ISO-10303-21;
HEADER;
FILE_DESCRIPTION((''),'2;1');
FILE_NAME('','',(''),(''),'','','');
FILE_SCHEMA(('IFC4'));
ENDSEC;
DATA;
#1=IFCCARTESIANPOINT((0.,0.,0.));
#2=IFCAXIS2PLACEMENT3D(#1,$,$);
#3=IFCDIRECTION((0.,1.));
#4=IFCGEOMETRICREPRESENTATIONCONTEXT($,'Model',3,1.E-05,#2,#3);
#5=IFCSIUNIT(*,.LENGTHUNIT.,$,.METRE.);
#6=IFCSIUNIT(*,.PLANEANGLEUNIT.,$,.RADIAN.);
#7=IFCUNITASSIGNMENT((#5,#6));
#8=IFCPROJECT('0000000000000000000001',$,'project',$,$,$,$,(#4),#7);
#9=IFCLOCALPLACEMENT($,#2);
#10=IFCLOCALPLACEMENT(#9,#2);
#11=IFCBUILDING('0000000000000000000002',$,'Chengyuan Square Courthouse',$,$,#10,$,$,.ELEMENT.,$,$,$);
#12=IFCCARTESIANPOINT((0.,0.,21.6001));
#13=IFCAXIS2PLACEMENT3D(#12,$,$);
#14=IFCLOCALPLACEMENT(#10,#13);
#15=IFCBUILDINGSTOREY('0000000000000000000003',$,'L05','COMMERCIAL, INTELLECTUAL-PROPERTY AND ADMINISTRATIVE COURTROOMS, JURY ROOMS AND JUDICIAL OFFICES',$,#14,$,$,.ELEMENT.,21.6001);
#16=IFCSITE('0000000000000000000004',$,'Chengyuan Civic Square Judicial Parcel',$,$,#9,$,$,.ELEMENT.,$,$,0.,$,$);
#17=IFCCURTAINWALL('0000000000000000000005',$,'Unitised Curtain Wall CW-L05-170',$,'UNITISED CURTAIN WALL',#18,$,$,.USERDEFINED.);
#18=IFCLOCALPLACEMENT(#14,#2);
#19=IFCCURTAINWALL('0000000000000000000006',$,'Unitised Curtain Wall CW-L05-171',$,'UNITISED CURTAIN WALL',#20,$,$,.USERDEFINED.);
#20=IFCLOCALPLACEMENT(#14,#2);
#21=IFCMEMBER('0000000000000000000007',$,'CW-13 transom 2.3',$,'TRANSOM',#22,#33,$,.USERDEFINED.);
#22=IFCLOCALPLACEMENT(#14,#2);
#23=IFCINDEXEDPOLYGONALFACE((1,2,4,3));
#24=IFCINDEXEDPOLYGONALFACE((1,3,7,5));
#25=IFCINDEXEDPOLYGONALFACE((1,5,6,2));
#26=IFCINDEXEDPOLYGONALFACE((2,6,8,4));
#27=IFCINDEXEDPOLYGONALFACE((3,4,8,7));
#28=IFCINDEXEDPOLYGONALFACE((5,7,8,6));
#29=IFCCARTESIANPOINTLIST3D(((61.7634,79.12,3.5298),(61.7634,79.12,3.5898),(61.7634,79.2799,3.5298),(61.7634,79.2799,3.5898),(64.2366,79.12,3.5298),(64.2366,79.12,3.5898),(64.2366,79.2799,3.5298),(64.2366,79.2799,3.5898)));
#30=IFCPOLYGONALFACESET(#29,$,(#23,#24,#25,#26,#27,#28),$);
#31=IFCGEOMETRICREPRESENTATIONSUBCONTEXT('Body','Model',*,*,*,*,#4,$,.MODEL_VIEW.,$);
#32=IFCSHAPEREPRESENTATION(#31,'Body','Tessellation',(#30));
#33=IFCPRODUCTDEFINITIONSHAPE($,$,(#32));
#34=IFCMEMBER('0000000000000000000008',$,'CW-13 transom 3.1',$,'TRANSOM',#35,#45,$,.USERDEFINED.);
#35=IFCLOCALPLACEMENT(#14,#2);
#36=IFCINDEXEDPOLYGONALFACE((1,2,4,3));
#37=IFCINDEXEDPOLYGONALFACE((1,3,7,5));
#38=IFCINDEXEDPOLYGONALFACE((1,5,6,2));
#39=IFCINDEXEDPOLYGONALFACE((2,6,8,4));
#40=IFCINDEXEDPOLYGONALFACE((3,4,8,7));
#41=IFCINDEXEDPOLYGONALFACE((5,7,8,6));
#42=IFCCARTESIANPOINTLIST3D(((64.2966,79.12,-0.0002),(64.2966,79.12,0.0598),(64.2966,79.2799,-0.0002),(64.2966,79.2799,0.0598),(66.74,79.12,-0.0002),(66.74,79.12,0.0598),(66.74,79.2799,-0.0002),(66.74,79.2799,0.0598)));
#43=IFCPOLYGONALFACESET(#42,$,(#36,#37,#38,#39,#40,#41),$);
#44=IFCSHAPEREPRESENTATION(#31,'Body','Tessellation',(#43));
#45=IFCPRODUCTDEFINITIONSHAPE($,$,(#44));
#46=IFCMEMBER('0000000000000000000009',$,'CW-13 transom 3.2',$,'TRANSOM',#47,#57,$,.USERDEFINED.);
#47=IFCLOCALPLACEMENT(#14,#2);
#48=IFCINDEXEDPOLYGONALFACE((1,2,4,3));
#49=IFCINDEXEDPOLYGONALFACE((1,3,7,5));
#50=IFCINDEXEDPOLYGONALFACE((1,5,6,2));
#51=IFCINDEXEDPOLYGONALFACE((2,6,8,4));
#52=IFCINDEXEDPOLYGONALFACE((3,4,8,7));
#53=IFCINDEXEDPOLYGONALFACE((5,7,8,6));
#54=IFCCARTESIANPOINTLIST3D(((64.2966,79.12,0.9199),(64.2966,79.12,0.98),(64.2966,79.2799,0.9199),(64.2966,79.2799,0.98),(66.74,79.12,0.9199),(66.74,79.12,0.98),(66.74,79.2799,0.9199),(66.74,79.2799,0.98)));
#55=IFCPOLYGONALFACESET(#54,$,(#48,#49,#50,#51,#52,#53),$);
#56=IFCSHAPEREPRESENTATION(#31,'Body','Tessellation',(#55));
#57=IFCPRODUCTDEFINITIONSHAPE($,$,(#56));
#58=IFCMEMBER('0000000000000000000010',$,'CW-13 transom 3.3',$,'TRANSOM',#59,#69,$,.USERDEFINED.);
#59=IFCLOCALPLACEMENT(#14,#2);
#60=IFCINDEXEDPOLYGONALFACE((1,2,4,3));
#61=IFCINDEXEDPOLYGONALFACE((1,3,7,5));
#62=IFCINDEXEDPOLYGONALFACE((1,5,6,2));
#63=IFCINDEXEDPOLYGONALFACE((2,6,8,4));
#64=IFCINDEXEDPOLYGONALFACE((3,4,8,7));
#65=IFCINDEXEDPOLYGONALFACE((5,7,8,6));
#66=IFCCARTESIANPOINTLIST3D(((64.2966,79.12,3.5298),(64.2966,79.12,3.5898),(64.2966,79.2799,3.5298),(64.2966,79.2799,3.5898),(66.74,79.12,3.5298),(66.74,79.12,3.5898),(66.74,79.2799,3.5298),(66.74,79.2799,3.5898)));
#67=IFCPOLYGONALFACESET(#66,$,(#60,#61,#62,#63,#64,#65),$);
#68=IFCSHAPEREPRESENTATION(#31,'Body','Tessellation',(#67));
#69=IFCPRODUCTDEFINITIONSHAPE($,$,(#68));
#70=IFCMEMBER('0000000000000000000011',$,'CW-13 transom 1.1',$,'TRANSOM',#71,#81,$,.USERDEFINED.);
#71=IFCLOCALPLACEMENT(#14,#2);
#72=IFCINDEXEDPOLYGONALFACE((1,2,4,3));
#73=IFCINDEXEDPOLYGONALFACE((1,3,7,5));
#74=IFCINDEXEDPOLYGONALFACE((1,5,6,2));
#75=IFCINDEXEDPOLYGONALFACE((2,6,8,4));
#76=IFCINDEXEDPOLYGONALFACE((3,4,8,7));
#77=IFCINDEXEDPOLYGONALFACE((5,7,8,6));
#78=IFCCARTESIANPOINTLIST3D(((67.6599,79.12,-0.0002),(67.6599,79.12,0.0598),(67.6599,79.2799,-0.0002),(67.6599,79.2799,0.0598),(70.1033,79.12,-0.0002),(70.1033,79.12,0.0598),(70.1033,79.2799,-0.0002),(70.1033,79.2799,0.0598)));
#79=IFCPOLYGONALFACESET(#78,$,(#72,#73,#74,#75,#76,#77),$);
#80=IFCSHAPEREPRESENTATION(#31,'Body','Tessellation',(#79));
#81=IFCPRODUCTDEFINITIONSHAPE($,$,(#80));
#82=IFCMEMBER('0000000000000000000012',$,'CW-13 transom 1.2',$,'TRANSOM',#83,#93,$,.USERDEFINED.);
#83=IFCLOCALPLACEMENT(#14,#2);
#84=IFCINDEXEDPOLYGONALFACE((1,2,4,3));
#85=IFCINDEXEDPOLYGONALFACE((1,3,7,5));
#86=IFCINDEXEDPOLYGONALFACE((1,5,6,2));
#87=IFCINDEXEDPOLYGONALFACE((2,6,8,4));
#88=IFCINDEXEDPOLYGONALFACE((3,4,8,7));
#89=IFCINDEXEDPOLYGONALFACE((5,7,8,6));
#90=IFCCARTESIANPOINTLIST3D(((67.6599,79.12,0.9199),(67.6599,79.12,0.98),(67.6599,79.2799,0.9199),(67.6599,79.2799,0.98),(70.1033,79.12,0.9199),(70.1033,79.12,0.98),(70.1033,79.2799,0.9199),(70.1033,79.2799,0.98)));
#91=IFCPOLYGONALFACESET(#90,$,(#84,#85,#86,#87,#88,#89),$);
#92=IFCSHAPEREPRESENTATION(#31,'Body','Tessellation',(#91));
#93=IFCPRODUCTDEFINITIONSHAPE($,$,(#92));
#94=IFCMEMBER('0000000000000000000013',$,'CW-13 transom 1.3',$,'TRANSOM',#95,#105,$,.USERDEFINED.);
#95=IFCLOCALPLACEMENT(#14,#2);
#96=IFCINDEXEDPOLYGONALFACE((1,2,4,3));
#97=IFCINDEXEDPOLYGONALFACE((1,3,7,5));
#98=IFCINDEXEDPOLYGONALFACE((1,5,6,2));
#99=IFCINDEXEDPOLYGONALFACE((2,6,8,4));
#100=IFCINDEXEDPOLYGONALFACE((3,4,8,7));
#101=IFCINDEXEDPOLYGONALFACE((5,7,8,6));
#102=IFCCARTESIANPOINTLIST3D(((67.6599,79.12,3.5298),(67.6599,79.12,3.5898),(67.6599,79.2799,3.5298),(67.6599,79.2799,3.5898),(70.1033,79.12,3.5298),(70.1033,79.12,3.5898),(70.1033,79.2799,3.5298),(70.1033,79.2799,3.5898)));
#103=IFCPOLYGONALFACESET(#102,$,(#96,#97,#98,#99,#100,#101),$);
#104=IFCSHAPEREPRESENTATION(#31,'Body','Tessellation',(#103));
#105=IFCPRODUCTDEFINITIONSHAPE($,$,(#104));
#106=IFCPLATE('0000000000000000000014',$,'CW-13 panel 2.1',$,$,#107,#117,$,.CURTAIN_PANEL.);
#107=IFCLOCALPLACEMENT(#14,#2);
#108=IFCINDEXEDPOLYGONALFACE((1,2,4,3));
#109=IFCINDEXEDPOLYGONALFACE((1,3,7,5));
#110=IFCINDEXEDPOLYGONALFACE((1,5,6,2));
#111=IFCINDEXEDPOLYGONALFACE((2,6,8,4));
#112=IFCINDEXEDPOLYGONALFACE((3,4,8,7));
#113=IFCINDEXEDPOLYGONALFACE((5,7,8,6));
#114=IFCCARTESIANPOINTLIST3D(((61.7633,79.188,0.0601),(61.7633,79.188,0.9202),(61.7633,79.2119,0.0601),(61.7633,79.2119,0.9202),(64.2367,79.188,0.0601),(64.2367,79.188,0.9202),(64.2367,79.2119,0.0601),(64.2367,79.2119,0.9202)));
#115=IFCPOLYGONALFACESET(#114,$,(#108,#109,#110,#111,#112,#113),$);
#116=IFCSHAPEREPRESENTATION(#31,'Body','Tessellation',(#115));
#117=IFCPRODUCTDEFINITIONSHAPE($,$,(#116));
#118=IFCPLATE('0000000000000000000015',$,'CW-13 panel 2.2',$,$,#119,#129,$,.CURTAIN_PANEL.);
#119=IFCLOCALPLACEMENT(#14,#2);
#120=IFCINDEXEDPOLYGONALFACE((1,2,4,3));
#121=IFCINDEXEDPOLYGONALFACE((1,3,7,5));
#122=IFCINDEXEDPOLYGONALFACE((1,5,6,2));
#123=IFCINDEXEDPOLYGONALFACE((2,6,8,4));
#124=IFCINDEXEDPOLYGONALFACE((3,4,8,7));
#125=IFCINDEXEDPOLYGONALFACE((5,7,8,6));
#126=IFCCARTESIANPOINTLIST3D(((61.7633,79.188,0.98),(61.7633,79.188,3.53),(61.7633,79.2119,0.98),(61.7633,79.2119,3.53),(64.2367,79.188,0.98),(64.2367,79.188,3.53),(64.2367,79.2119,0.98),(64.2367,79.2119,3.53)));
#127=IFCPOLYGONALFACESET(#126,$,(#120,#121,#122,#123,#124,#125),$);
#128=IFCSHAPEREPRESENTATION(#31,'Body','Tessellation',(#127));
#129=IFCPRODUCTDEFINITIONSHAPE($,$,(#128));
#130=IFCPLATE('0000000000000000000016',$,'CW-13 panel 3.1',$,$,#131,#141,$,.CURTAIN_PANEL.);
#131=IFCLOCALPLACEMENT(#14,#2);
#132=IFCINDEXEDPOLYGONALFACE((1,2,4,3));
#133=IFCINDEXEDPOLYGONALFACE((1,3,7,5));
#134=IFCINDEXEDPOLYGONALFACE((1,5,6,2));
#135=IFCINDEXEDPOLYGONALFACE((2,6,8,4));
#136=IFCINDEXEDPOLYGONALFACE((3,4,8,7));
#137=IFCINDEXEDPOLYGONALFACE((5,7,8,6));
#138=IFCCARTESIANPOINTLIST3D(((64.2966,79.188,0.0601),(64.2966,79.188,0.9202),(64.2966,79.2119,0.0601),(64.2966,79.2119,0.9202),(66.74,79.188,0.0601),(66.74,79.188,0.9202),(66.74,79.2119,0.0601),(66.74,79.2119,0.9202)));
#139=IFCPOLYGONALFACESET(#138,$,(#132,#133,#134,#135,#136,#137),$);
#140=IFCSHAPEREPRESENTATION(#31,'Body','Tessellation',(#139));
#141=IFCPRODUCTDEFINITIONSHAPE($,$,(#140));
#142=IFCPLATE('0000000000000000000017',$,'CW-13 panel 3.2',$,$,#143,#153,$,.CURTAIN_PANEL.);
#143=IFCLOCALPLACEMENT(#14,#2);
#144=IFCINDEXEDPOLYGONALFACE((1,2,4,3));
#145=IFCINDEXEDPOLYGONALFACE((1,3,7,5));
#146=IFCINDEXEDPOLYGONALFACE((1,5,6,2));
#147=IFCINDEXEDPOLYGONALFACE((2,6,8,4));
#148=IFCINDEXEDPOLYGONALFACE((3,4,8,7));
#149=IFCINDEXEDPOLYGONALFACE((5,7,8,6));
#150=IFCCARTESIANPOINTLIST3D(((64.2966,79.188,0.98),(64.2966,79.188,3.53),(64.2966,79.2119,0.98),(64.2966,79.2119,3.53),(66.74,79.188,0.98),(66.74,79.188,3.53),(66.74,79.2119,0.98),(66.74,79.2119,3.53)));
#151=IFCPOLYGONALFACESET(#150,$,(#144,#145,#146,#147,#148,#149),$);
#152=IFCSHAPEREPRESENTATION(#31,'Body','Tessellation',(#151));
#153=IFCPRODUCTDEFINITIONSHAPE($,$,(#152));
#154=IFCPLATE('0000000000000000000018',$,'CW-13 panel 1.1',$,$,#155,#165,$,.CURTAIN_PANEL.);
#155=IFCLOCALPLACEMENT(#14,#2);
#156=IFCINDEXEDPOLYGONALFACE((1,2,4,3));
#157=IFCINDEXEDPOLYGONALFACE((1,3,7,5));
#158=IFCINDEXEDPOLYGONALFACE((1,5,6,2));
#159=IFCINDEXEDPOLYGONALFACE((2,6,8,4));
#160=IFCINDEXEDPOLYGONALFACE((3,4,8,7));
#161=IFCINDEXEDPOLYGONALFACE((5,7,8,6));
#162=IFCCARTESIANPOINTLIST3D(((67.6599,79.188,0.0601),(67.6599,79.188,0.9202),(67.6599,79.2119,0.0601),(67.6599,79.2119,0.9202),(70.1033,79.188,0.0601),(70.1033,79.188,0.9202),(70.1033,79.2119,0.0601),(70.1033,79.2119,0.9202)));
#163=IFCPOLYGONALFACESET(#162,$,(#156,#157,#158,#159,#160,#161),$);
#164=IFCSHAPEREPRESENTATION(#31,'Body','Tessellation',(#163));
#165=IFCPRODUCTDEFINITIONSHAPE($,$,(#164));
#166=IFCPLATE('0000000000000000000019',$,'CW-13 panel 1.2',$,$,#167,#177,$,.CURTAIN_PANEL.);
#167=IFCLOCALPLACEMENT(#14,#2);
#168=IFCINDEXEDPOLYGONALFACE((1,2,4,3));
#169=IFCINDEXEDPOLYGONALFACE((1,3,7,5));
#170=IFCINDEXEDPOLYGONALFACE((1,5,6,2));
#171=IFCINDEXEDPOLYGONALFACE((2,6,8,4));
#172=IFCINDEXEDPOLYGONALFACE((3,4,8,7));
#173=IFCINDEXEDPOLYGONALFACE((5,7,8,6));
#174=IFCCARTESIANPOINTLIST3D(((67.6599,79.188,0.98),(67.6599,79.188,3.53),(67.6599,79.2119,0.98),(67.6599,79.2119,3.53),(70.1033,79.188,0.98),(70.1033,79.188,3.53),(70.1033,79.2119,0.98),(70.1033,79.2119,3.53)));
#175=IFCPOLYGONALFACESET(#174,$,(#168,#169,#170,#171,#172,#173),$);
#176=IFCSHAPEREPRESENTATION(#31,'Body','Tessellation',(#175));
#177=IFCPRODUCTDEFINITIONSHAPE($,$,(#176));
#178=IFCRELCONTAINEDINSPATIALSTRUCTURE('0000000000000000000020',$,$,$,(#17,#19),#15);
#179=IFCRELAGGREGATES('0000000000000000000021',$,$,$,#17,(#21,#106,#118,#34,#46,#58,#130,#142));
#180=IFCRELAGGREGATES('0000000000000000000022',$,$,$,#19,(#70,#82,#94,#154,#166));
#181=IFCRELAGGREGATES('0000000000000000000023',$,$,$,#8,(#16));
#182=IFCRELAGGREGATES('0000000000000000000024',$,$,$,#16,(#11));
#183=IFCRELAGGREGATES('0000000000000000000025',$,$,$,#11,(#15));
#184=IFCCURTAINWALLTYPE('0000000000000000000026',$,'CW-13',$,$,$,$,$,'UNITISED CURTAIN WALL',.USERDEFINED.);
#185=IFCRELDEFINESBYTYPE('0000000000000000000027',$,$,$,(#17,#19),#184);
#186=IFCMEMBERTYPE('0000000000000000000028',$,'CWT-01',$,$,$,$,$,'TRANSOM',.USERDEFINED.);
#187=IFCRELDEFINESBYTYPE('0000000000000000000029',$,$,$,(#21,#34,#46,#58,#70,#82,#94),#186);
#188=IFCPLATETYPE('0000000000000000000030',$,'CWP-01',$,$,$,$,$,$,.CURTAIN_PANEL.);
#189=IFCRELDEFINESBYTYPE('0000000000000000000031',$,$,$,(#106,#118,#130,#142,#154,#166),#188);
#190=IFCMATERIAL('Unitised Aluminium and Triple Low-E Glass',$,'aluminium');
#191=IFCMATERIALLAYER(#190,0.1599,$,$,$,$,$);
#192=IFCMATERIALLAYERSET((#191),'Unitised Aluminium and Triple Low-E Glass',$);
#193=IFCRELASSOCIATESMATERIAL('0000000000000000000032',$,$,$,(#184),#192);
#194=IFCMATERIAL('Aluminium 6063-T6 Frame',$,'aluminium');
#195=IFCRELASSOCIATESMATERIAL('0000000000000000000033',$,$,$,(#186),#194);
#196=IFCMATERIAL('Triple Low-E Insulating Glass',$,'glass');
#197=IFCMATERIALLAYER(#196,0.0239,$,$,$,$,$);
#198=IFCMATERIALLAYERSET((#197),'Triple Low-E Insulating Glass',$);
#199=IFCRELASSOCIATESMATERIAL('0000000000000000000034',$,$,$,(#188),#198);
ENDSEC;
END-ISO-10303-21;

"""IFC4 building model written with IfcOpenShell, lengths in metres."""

from ifc_helpers import new_model, si_unit, direction, frame, origin, origin_2d, place, context, subcontext, project, spatial, rectangle, extrude, material, layer, layer_set, material_profile, profile_set, type_object, element, aggregate, save


model = new_model("IFC4")

# Units and contexts
model_context = context("Model", 3, precision=1e-05, world=origin(), true_north=direction((0.0, 1.0)))
body_context = subcontext(model_context, "Body", "Model", "MODEL_VIEW")
ifc_project = project(units=[si_unit("LENGTHUNIT", "METRE"), si_unit("PLANEANGLEUNIT", "RADIAN")], contexts=[model_context])

# Site, building, storey
site_placement = place(None, origin())
site = spatial("IfcSite", under=ifc_project, at=site_placement, Name="Chengyuan Civic Square Judicial Parcel", CompositionType="ELEMENT", RefElevation=0.0)
building_placement = place(site_placement, origin())
building = spatial("IfcBuilding", under=site, at=building_placement, Name="Chengyuan Square Courthouse", CompositionType="ELEMENT")
storey_placement = place(building_placement, frame((0.0, 0.0, 21.6001)))
storey = spatial("IfcBuildingStorey", under=building, at=storey_placement, Name="L05", Description="COMMERCIAL, INTELLECTUAL-PROPERTY AND ADMINISTRATIVE COURTROOMS, JURY ROOMS AND JUDICIAL OFFICES", CompositionType="ELEMENT", Elevation=21.6001)

# Curtain walls
ifc_material_1 = material(Name="Unitised Aluminium and Triple Low-E Glass", Category="aluminium")
ifc_layer_1 = layer(ifc_material_1, 0.1599)
ifc_layer_set_1 = layer_set([ifc_layer_1], Name="Unitised Aluminium and Triple Low-E Glass")
curtain_wall_type = type_object("IfcCurtainWallType", Name="CW-13", ElementType="UNITISED CURTAIN WALL", PredefinedType="USERDEFINED", material=ifc_layer_set_1)
curtain_wall_1_placement = place(storey_placement, origin())
curtain_wall_1 = element("IfcCurtainWall", 1, at=curtain_wall_1_placement, inside=storey, type_object=curtain_wall_type, Name="Unitised Curtain Wall CW-L05-170", ObjectType="UNITISED CURTAIN WALL", PredefinedType="USERDEFINED")
ifc_material_2 = material(Name="Aluminium 6063-T6 Frame", Category="aluminium")
curtain_wall_2_placement = place(storey_placement, origin())
curtain_wall_2 = element("IfcCurtainWall", 2, at=curtain_wall_2_placement, inside=storey, type_object=curtain_wall_type, Name="Unitised Curtain Wall CW-L05-171", ObjectType="UNITISED CURTAIN WALL", PredefinedType="USERDEFINED")

# Members
ifc_material_profile_1 = material_profile(ifc_material_2, rectangle(XDim=0.1599, YDim=0.0601, at=origin_2d()), Name="CW-TRN-60x120")
ifc_profile_set_1 = profile_set([ifc_material_profile_1], Name="Aluminium 6063-T6 Frame")
member_type_1 = type_object("IfcMemberType", Name="CWT-01", ElementType="TRANSOM", PredefinedType="USERDEFINED", material=ifc_profile_set_1)
member_1_placement = place(storey_placement, frame((61.7634, 79.2, 3.5598), z_axis=(1.0, 0.0, 0.0), x_axis=(0.0, 1.0, 0.0)))
member_1 = element("IfcMember", 3, at=member_1_placement, type_object=member_type_1, Name="CW-13 transom 2.3", ObjectType="TRANSOM", PredefinedType="USERDEFINED", context=body_context, shape_type="SweptSolid", body=[
    extrude(rectangle(XDim=0.1599, YDim=0.0601, at=origin_2d()), origin(), (0.0, 0.0, 1.0), 2.4731),
])
member_2_placement = place(storey_placement, frame((64.2966, 79.2, 0.0298), z_axis=(1.0, 0.0, 0.0), x_axis=(0.0, 1.0, 0.0)))
member_2 = element("IfcMember", 4, at=member_2_placement, type_object=member_type_1, Name="CW-13 transom 3.1", ObjectType="TRANSOM", PredefinedType="USERDEFINED", context=body_context, shape_type="SweptSolid", body=[
    extrude(rectangle(XDim=0.1599, YDim=0.0601, at=origin_2d()), origin(), (0.0, 0.0, 1.0), 2.4434),
])
member_3_placement = place(storey_placement, frame((64.2966, 79.2, 0.95), z_axis=(1.0, 0.0, 0.0), x_axis=(0.0, 1.0, 0.0)))
member_3 = element("IfcMember", 5, at=member_3_placement, type_object=member_type_1, Name="CW-13 transom 3.2", ObjectType="TRANSOM", PredefinedType="USERDEFINED", context=body_context, shape_type="SweptSolid", body=[
    extrude(rectangle(XDim=0.1599, YDim=0.0601, at=origin_2d()), origin(), (0.0, 0.0, 1.0), 2.4434),
])
member_4_placement = place(storey_placement, frame((64.2966, 79.2, 3.5598), z_axis=(1.0, 0.0, 0.0), x_axis=(0.0, 1.0, 0.0)))
member_4 = element("IfcMember", 6, at=member_4_placement, type_object=member_type_1, Name="CW-13 transom 3.3", ObjectType="TRANSOM", PredefinedType="USERDEFINED", context=body_context, shape_type="SweptSolid", body=[
    extrude(rectangle(XDim=0.1599, YDim=0.0601, at=origin_2d()), origin(), (0.0, 0.0, 1.0), 2.4434),
])
member_5_placement = place(storey_placement, frame((67.6599, 79.2, 0.0298), z_axis=(1.0, 0.0, 0.0), x_axis=(0.0, 1.0, 0.0)))
member_5 = element("IfcMember", 7, at=member_5_placement, type_object=member_type_1, Name="CW-13 transom 1.1", ObjectType="TRANSOM", PredefinedType="USERDEFINED", context=body_context, shape_type="SweptSolid", body=[
    extrude(rectangle(XDim=0.1599, YDim=0.0601, at=origin_2d()), origin(), (0.0, 0.0, 1.0), 2.4434),
])
member_6_placement = place(storey_placement, frame((67.6599, 79.2, 0.95), z_axis=(1.0, 0.0, 0.0), x_axis=(0.0, 1.0, 0.0)))
member_6 = element("IfcMember", 8, at=member_6_placement, type_object=member_type_1, Name="CW-13 transom 1.2", ObjectType="TRANSOM", PredefinedType="USERDEFINED", context=body_context, shape_type="SweptSolid", body=[
    extrude(rectangle(XDim=0.1599, YDim=0.0601, at=origin_2d()), origin(), (0.0, 0.0, 1.0), 2.4434),
])
member_7_placement = place(storey_placement, frame((67.6599, 79.2, 3.5598), z_axis=(1.0, 0.0, 0.0), x_axis=(0.0, 1.0, 0.0)))
member_7 = element("IfcMember", 9, at=member_7_placement, type_object=member_type_1, Name="CW-13 transom 1.3", ObjectType="TRANSOM", PredefinedType="USERDEFINED", context=body_context, shape_type="SweptSolid", body=[
    extrude(rectangle(XDim=0.1599, YDim=0.0601, at=origin_2d()), origin(), (0.0, 0.0, 1.0), 2.4434),
])

# Plates
ifc_material_3 = material(Name="Triple Low-E Insulating Glass", Category="glass")
ifc_layer_2 = layer(ifc_material_3, 0.0239)
ifc_layer_set_2 = layer_set([ifc_layer_2], Name="Triple Low-E Insulating Glass")
plate_type = type_object("IfcPlateType", Name="CWP-01", PredefinedType="CURTAIN_PANEL", material=ifc_layer_set_2)
plate_1_placement = place(storey_placement, frame((63.0, 79.2, 0.0601), z_axis=(0.0, 0.0, 1.0), x_axis=(1.0, 0.0, 0.0)))
plate_1 = element("IfcPlate", 10, at=plate_1_placement, type_object=plate_type, Name="CW-13 panel 2.1", PredefinedType="CURTAIN_PANEL", context=body_context, shape_type="SweptSolid", body=[
    extrude(rectangle(XDim=2.4734, YDim=0.0239, at=origin_2d()), origin(), (0.0, 0.0, 1.0), 0.8601),
])
plate_2_placement = place(storey_placement, frame((63.0, 79.2, 0.98), z_axis=(0.0, 0.0, 1.0), x_axis=(1.0, 0.0, 0.0)))
plate_2 = element("IfcPlate", 11, at=plate_2_placement, type_object=plate_type, Name="CW-13 panel 2.2", PredefinedType="CURTAIN_PANEL", context=body_context, shape_type="SweptSolid", body=[
    extrude(rectangle(XDim=2.4734, YDim=0.0239, at=origin_2d()), origin(), (0.0, 0.0, 1.0), 2.55),
])
plate_3_placement = place(storey_placement, frame((65.5183, 79.2, 0.0601), z_axis=(0.0, 0.0, 1.0), x_axis=(1.0, 0.0, 0.0)))
plate_3 = element("IfcPlate", 12, at=plate_3_placement, type_object=plate_type, Name="CW-13 panel 3.1", PredefinedType="CURTAIN_PANEL", context=body_context, shape_type="SweptSolid", body=[
    extrude(rectangle(XDim=2.4434, YDim=0.0239, at=origin_2d()), origin(), (0.0, 0.0, 1.0), 0.8601),
])
plate_4_placement = place(storey_placement, frame((65.5183, 79.2, 0.98), z_axis=(0.0, 0.0, 1.0), x_axis=(1.0, 0.0, 0.0)))
plate_4 = element("IfcPlate", 13, at=plate_4_placement, type_object=plate_type, Name="CW-13 panel 3.2", PredefinedType="CURTAIN_PANEL", context=body_context, shape_type="SweptSolid", body=[
    extrude(rectangle(XDim=2.4434, YDim=0.0239, at=origin_2d()), origin(), (0.0, 0.0, 1.0), 2.55),
])
aggregate(curtain_wall_1, [member_1, plate_1, plate_2, member_2, member_3, member_4, plate_3, plate_4])
plate_5_placement = place(storey_placement, frame((68.8816, 79.2, 0.0601), z_axis=(0.0, 0.0, 1.0), x_axis=(1.0, 0.0, 0.0)))
plate_5 = element("IfcPlate", 14, at=plate_5_placement, type_object=plate_type, Name="CW-13 panel 1.1", PredefinedType="CURTAIN_PANEL", context=body_context, shape_type="SweptSolid", body=[
    extrude(rectangle(XDim=2.4434, YDim=0.0239, at=origin_2d()), origin(), (0.0, 0.0, 1.0), 0.8601),
])
plate_6_placement = place(storey_placement, frame((68.8816, 79.2, 0.98), z_axis=(0.0, 0.0, 1.0), x_axis=(1.0, 0.0, 0.0)))
plate_6 = element("IfcPlate", 15, at=plate_6_placement, type_object=plate_type, Name="CW-13 panel 1.2", PredefinedType="CURTAIN_PANEL", context=body_context, shape_type="SweptSolid", body=[
    extrude(rectangle(XDim=2.4434, YDim=0.0239, at=origin_2d()), origin(), (0.0, 0.0, 1.0), 2.55),
])
aggregate(curtain_wall_2, [member_5, member_6, member_7, plate_5, plate_6])

save(model, "model.ifc")
